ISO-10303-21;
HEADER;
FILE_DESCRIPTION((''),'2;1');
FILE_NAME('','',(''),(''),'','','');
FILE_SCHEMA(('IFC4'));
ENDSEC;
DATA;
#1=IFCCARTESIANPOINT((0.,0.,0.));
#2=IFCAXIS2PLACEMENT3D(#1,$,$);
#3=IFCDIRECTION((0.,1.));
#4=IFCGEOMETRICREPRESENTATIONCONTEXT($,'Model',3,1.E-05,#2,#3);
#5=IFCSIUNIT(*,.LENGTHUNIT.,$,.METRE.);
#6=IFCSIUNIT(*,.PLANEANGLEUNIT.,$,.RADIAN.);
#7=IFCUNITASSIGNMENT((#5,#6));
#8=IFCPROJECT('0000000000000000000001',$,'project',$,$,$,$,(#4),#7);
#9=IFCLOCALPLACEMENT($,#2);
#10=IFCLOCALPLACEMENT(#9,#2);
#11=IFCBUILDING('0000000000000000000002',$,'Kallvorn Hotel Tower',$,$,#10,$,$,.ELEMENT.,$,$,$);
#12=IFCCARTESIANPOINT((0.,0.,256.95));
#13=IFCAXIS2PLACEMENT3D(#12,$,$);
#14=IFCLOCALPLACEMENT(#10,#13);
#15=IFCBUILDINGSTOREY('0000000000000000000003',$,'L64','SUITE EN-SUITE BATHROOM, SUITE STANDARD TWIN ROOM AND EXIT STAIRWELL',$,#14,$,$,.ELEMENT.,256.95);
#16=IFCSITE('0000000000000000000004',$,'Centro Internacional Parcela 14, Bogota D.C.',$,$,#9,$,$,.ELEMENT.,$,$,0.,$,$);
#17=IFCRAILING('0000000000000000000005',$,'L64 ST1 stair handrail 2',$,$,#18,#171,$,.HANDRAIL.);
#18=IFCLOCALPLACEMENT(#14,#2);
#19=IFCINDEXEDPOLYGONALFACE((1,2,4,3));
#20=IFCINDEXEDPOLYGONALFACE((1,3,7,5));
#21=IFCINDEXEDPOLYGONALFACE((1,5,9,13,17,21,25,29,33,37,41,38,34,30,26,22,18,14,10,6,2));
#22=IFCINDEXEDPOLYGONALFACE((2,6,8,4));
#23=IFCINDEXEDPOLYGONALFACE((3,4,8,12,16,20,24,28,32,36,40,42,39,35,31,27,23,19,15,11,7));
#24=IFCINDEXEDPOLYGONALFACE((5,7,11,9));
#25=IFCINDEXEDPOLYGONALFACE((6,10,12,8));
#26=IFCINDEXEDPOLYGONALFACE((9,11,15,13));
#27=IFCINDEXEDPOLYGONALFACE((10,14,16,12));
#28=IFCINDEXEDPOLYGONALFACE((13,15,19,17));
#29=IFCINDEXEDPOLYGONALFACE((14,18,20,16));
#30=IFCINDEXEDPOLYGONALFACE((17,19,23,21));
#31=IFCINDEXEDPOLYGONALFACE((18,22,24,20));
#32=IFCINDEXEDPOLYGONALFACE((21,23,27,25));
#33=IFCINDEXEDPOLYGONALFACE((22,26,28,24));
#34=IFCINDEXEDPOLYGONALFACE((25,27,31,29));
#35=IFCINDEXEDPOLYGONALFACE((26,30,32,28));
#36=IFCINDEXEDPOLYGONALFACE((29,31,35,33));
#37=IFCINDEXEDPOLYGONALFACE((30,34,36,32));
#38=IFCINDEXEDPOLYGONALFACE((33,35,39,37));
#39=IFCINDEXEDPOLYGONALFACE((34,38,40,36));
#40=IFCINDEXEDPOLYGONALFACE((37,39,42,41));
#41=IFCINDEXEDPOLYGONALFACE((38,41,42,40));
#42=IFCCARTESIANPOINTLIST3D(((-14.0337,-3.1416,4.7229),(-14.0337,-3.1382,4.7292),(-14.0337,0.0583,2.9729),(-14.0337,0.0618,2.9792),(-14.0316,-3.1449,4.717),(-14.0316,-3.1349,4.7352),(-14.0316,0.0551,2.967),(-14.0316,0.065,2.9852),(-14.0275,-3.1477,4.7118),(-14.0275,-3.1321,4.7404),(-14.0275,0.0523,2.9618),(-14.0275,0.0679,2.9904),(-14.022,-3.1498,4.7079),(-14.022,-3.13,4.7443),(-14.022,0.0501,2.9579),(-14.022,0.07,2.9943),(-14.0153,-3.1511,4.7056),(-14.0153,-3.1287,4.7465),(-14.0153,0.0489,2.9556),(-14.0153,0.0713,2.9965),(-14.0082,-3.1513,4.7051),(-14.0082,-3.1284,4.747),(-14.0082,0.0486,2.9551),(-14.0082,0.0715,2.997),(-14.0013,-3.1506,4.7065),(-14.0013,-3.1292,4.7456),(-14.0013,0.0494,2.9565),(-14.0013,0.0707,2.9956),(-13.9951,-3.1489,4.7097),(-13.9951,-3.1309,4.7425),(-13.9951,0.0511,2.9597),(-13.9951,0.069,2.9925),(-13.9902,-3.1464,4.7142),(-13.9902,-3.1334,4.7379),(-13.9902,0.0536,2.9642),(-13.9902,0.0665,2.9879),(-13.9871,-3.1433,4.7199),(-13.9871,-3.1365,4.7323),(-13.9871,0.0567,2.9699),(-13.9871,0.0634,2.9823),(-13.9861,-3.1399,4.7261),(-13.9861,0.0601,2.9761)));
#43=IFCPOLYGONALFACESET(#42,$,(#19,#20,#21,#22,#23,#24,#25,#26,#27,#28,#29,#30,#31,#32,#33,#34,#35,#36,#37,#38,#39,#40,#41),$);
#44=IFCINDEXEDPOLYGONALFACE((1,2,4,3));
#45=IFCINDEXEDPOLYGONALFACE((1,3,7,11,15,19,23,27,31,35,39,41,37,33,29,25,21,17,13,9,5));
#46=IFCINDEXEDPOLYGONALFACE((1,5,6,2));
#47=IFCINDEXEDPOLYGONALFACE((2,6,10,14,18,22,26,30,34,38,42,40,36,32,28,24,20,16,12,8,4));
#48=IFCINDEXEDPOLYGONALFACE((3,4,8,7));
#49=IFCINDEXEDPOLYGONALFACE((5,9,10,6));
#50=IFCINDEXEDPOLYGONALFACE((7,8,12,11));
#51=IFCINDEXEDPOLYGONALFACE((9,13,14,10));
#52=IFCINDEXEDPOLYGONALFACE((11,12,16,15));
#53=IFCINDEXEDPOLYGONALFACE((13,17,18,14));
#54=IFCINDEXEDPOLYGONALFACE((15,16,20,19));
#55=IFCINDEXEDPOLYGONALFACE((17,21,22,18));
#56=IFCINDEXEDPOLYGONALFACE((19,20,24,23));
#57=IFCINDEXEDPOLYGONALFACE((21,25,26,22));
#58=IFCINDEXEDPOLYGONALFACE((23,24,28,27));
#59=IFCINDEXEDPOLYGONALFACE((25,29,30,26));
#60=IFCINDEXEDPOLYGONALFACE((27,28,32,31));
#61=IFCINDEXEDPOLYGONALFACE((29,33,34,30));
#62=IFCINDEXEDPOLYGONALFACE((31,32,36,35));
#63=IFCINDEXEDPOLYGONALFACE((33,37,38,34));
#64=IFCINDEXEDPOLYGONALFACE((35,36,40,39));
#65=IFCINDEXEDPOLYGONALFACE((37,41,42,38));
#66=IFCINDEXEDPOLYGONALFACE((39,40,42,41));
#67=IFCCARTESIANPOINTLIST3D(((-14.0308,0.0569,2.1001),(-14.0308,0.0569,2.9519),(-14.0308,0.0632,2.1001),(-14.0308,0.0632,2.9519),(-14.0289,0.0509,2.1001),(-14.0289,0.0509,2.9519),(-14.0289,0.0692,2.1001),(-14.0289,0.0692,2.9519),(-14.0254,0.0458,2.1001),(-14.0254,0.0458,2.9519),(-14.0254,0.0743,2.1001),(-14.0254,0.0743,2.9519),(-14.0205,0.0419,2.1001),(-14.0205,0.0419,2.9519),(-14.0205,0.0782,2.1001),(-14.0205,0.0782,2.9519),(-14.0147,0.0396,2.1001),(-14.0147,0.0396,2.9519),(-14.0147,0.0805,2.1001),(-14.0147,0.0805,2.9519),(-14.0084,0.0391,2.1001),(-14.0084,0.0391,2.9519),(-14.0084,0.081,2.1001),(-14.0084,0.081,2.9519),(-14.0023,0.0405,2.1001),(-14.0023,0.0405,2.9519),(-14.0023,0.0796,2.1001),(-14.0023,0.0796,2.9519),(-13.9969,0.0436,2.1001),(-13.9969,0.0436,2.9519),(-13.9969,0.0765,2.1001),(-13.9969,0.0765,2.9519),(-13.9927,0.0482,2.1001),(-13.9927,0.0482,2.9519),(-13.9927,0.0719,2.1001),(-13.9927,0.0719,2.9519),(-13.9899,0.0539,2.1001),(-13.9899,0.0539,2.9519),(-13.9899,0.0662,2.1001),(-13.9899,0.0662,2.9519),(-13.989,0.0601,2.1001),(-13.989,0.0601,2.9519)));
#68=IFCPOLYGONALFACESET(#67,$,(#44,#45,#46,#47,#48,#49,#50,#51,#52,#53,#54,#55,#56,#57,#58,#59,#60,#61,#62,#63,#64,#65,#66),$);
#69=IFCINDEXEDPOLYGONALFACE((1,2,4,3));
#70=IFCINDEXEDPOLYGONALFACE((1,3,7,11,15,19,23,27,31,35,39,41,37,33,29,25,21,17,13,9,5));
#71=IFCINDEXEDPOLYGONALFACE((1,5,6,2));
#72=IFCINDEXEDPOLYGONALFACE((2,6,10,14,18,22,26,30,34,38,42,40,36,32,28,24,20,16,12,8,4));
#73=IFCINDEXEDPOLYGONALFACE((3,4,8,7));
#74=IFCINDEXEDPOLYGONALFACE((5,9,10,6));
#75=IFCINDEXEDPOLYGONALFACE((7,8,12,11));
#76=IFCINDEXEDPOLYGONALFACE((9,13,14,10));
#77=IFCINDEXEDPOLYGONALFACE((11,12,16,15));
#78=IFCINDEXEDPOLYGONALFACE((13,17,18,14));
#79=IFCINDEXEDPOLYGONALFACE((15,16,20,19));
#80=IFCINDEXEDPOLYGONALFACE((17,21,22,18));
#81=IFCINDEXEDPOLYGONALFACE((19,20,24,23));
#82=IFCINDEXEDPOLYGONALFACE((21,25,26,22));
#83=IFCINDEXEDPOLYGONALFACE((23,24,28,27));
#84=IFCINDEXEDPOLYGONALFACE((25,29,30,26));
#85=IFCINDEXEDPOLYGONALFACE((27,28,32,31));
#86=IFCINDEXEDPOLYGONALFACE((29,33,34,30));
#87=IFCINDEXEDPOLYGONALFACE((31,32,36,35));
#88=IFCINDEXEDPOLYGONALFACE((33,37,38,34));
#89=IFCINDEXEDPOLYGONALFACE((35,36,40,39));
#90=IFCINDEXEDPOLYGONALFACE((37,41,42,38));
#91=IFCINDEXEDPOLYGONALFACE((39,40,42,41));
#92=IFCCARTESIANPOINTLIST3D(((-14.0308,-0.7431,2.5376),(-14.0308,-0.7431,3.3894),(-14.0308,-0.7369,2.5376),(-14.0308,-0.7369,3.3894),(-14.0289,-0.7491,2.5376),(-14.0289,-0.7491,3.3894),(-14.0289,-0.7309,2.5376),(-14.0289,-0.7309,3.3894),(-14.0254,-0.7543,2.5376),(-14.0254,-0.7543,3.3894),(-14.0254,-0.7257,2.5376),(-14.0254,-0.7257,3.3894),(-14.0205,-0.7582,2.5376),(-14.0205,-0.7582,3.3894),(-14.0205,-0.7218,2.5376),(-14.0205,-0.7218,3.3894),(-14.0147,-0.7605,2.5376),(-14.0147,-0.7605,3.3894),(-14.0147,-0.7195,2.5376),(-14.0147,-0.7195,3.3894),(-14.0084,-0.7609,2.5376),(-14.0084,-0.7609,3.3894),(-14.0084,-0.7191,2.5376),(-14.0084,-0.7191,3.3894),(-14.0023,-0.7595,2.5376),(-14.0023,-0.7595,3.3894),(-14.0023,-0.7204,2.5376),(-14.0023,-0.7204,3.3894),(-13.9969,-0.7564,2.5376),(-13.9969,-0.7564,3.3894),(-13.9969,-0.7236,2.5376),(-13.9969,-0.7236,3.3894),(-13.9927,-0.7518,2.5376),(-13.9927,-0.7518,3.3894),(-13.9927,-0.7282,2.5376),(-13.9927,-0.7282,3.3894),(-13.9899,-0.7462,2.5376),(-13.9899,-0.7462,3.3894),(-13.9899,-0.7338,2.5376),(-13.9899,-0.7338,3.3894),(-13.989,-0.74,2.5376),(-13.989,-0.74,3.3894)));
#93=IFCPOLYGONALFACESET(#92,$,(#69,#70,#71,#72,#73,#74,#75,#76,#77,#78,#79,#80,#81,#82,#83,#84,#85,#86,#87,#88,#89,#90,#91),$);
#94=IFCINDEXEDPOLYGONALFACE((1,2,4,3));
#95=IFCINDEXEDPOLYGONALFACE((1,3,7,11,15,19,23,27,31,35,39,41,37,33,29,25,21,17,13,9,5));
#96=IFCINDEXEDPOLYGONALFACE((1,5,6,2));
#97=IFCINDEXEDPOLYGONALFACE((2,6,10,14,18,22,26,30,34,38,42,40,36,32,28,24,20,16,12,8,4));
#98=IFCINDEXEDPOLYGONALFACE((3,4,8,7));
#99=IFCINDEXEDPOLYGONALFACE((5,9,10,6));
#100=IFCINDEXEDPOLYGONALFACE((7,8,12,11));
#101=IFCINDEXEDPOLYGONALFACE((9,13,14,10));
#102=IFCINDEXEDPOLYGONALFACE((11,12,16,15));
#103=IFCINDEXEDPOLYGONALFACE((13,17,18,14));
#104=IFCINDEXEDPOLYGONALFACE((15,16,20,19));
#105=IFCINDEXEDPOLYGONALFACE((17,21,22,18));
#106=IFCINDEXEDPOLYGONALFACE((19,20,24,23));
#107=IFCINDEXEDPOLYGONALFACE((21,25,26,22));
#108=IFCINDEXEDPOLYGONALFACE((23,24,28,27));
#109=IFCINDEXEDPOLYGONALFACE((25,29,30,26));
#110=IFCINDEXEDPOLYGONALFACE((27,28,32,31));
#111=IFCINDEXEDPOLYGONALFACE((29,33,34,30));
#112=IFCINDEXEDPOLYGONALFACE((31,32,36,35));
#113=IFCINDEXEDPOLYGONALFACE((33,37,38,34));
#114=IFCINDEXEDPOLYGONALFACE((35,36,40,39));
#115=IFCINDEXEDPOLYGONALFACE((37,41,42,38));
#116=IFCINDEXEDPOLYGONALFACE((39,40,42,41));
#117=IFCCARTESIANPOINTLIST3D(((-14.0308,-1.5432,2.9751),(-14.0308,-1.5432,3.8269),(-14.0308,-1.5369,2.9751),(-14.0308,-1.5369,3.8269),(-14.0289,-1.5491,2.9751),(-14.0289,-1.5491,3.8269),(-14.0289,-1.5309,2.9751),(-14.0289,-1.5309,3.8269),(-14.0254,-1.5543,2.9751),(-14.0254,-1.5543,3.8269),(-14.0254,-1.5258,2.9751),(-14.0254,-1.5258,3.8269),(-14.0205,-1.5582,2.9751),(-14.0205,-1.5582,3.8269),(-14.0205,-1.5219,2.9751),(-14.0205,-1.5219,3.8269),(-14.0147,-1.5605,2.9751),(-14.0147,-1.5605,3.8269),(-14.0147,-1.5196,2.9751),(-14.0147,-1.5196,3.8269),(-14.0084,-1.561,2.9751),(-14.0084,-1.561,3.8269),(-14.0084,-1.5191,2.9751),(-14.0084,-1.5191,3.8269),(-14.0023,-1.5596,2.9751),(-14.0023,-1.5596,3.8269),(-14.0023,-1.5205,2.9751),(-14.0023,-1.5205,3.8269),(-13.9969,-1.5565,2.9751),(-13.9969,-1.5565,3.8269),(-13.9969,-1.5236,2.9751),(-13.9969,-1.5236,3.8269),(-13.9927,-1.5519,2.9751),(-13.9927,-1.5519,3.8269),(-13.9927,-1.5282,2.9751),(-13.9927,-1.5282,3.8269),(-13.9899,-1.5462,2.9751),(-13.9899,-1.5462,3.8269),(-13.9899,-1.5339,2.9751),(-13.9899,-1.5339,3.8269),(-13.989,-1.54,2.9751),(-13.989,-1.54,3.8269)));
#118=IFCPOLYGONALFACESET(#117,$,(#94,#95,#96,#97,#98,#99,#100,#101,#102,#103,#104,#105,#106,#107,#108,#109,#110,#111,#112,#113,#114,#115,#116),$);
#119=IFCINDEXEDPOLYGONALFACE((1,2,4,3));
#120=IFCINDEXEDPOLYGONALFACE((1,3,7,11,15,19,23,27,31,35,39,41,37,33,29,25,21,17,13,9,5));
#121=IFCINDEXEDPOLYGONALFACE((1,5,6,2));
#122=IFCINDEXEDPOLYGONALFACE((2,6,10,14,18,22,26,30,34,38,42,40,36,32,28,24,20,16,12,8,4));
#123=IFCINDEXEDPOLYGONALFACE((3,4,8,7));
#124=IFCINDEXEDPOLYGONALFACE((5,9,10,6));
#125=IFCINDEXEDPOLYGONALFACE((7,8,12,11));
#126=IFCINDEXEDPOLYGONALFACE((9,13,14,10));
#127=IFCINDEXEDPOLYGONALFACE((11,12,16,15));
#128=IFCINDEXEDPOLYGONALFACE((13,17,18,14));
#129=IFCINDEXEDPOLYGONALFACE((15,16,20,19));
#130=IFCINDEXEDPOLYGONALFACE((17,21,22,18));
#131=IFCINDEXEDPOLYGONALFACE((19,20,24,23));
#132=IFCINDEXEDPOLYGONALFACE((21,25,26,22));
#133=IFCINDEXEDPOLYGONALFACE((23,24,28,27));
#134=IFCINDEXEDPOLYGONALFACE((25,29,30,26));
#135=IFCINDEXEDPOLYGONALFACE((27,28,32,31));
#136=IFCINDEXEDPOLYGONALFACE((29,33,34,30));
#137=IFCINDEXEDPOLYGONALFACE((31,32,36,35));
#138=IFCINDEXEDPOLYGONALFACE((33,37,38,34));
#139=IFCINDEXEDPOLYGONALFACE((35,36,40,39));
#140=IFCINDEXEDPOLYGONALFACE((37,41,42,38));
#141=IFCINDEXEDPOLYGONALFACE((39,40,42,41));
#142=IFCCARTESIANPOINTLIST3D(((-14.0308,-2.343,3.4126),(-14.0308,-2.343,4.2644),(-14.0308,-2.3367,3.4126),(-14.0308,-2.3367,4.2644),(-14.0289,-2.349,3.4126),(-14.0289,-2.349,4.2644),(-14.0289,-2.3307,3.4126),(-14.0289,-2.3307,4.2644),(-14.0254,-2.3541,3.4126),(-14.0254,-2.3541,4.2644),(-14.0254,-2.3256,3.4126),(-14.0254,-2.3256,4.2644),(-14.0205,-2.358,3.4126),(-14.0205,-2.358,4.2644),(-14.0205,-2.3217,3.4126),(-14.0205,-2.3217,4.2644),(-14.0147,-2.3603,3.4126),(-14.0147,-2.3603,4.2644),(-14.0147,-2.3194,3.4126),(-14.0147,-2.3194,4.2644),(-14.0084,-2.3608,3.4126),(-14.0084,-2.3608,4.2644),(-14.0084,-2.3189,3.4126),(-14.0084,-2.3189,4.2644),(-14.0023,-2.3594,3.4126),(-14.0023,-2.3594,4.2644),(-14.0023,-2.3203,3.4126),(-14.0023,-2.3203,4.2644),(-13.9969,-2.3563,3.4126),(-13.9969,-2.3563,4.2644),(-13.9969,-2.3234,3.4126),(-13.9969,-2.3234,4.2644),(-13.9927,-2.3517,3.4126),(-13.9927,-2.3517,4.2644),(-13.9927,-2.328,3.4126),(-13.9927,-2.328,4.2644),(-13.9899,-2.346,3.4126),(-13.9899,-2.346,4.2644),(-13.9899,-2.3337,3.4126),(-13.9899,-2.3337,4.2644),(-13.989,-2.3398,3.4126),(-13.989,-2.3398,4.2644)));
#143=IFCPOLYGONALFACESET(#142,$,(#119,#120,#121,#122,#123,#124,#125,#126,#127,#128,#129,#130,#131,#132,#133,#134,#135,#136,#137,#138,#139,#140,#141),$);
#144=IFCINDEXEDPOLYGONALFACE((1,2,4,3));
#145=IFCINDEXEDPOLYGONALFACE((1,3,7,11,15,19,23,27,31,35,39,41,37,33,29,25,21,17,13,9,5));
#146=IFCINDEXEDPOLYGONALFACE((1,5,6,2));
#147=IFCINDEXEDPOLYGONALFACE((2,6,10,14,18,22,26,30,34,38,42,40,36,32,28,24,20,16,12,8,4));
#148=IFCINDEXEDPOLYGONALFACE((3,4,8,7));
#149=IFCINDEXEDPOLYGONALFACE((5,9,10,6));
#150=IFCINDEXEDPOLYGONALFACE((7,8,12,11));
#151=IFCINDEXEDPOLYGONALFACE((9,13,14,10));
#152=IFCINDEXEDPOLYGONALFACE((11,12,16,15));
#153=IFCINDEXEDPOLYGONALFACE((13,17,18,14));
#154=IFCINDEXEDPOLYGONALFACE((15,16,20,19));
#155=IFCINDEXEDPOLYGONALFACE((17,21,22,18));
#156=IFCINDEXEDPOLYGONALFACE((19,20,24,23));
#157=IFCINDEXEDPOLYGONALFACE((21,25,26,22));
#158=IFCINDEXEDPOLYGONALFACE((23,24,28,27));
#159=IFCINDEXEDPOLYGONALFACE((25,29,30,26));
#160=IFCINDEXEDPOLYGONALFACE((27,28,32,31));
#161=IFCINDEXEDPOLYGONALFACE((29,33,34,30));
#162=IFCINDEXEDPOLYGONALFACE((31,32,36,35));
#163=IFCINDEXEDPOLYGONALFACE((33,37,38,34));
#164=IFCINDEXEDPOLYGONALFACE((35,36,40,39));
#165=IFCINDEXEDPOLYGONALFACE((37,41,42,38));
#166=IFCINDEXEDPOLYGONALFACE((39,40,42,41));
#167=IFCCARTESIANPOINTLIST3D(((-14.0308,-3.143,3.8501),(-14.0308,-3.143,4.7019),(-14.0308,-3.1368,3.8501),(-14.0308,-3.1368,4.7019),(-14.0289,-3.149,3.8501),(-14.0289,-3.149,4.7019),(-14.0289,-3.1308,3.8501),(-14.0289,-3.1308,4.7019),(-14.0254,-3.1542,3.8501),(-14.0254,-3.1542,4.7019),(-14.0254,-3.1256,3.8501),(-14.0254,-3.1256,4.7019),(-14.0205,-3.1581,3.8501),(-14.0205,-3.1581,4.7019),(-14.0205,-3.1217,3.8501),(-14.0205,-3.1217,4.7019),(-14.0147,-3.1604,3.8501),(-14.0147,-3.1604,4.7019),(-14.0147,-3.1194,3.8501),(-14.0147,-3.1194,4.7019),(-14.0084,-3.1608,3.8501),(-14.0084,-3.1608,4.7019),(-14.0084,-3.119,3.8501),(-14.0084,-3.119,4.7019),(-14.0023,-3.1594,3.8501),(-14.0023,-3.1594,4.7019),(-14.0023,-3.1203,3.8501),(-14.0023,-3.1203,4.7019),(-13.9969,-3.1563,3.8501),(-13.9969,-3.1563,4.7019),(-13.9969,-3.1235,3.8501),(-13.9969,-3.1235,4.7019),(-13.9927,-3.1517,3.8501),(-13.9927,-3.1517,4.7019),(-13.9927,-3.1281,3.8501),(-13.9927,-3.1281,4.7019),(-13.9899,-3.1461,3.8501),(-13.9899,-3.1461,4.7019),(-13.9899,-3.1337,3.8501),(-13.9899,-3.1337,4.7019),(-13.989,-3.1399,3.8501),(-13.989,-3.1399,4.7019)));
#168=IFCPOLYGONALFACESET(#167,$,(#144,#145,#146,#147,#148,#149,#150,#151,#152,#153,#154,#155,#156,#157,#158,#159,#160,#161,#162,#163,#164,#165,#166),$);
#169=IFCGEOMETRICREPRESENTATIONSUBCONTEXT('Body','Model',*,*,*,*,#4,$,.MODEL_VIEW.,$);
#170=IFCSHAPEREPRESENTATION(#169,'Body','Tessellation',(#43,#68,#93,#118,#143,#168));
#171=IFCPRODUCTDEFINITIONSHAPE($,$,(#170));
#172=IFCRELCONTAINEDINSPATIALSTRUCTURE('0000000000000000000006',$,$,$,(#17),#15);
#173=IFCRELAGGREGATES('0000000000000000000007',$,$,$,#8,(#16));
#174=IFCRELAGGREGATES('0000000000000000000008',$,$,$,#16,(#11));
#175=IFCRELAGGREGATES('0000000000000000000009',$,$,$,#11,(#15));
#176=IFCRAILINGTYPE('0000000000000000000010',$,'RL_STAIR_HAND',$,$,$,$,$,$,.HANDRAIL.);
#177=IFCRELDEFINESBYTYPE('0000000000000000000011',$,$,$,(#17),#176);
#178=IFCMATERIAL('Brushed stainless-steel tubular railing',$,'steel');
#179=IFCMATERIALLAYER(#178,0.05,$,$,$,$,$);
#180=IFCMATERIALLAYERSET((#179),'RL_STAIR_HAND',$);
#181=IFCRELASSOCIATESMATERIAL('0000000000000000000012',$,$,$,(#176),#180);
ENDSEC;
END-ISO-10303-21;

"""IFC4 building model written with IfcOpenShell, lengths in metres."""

from ifc_helpers import new_model, si_unit, direction, frame, origin, origin_2d, place, context, subcontext, project, spatial, circle, extrude, material, layer, layer_set, type_object, element, save


model = new_model("IFC4")

# Units and contexts
model_context = context("Model", 3, precision=1e-05, world=origin(), true_north=direction((0.0, 1.0)))
body_context = subcontext(model_context, "Body", "Model", "MODEL_VIEW")
ifc_project = project(units=[si_unit("LENGTHUNIT", "METRE"), si_unit("PLANEANGLEUNIT", "RADIAN")], contexts=[model_context])

# Site, building, storey
site_placement = place(None, origin())
site = spatial("IfcSite", under=ifc_project, at=site_placement, Name="Centro Internacional Parcela 14, Bogota D.C.", CompositionType="ELEMENT", RefElevation=0.0)
building_placement = place(site_placement, origin())
building = spatial("IfcBuilding", under=site, at=building_placement, Name="Kallvorn Hotel Tower", CompositionType="ELEMENT")
storey_placement = place(building_placement, frame((0.0, 0.0, 256.95)))
storey = spatial("IfcBuildingStorey", under=building, at=storey_placement, Name="L64", Description="SUITE EN-SUITE BATHROOM, SUITE STANDARD TWIN ROOM AND EXIT STAIRWELL", CompositionType="ELEMENT", Elevation=256.95)

# Railing
ifc_material_1 = material(Name="Brushed stainless-steel tubular railing", Category="steel")
ifc_layer_1 = layer(ifc_material_1, 0.05)
ifc_layer_set_1 = layer_set([ifc_layer_1], Name="RL_STAIR_HAND")
railing_type_1 = type_object("IfcRailingType", Name="RL_STAIR_HAND", PredefinedType="HANDRAIL", material=ifc_layer_set_1)
railing_1_placement = place(storey_placement, frame((-14.01, 0.0601, 2.1001)))
element("IfcRailing", 1, at=railing_1_placement, inside=storey, type_object=railing_type_1, Name="L64 ST1 stair handrail 2", PredefinedType="HANDRAIL", context=body_context, shape_type="SweptSolid", body=[
    extrude(circle(Radius=0.0239, at=origin_2d()), frame((0.0, 0.0, 0.876), z_axis=(0.0, -0.877368, 0.479818), x_axis=(1.0, 0.0, 0.0)), (0.0, 0.0, 1.0), 3.6472),
    extrude(circle(Radius=0.021, at=origin_2d()), origin(), (0.0, 0.0, 1.0), 0.8518),
    extrude(circle(Radius=0.021, at=origin_2d()), frame((0.0, -0.8, 0.4375)), (0.0, 0.0, 1.0), 0.8518),
    extrude(circle(Radius=0.021, at=origin_2d()), frame((0.0, -1.6001, 0.875)), (0.0, 0.0, 1.0), 0.8518),
    extrude(circle(Radius=0.021, at=origin_2d()), frame((0.0, -2.3999, 1.3125)), (0.0, 0.0, 1.0), 0.8518),
    extrude(circle(Radius=0.021, at=origin_2d()), frame((0.0, -3.2, 1.75)), (0.0, 0.0, 1.0), 0.8518),
])

save(model, "model.ifc")
